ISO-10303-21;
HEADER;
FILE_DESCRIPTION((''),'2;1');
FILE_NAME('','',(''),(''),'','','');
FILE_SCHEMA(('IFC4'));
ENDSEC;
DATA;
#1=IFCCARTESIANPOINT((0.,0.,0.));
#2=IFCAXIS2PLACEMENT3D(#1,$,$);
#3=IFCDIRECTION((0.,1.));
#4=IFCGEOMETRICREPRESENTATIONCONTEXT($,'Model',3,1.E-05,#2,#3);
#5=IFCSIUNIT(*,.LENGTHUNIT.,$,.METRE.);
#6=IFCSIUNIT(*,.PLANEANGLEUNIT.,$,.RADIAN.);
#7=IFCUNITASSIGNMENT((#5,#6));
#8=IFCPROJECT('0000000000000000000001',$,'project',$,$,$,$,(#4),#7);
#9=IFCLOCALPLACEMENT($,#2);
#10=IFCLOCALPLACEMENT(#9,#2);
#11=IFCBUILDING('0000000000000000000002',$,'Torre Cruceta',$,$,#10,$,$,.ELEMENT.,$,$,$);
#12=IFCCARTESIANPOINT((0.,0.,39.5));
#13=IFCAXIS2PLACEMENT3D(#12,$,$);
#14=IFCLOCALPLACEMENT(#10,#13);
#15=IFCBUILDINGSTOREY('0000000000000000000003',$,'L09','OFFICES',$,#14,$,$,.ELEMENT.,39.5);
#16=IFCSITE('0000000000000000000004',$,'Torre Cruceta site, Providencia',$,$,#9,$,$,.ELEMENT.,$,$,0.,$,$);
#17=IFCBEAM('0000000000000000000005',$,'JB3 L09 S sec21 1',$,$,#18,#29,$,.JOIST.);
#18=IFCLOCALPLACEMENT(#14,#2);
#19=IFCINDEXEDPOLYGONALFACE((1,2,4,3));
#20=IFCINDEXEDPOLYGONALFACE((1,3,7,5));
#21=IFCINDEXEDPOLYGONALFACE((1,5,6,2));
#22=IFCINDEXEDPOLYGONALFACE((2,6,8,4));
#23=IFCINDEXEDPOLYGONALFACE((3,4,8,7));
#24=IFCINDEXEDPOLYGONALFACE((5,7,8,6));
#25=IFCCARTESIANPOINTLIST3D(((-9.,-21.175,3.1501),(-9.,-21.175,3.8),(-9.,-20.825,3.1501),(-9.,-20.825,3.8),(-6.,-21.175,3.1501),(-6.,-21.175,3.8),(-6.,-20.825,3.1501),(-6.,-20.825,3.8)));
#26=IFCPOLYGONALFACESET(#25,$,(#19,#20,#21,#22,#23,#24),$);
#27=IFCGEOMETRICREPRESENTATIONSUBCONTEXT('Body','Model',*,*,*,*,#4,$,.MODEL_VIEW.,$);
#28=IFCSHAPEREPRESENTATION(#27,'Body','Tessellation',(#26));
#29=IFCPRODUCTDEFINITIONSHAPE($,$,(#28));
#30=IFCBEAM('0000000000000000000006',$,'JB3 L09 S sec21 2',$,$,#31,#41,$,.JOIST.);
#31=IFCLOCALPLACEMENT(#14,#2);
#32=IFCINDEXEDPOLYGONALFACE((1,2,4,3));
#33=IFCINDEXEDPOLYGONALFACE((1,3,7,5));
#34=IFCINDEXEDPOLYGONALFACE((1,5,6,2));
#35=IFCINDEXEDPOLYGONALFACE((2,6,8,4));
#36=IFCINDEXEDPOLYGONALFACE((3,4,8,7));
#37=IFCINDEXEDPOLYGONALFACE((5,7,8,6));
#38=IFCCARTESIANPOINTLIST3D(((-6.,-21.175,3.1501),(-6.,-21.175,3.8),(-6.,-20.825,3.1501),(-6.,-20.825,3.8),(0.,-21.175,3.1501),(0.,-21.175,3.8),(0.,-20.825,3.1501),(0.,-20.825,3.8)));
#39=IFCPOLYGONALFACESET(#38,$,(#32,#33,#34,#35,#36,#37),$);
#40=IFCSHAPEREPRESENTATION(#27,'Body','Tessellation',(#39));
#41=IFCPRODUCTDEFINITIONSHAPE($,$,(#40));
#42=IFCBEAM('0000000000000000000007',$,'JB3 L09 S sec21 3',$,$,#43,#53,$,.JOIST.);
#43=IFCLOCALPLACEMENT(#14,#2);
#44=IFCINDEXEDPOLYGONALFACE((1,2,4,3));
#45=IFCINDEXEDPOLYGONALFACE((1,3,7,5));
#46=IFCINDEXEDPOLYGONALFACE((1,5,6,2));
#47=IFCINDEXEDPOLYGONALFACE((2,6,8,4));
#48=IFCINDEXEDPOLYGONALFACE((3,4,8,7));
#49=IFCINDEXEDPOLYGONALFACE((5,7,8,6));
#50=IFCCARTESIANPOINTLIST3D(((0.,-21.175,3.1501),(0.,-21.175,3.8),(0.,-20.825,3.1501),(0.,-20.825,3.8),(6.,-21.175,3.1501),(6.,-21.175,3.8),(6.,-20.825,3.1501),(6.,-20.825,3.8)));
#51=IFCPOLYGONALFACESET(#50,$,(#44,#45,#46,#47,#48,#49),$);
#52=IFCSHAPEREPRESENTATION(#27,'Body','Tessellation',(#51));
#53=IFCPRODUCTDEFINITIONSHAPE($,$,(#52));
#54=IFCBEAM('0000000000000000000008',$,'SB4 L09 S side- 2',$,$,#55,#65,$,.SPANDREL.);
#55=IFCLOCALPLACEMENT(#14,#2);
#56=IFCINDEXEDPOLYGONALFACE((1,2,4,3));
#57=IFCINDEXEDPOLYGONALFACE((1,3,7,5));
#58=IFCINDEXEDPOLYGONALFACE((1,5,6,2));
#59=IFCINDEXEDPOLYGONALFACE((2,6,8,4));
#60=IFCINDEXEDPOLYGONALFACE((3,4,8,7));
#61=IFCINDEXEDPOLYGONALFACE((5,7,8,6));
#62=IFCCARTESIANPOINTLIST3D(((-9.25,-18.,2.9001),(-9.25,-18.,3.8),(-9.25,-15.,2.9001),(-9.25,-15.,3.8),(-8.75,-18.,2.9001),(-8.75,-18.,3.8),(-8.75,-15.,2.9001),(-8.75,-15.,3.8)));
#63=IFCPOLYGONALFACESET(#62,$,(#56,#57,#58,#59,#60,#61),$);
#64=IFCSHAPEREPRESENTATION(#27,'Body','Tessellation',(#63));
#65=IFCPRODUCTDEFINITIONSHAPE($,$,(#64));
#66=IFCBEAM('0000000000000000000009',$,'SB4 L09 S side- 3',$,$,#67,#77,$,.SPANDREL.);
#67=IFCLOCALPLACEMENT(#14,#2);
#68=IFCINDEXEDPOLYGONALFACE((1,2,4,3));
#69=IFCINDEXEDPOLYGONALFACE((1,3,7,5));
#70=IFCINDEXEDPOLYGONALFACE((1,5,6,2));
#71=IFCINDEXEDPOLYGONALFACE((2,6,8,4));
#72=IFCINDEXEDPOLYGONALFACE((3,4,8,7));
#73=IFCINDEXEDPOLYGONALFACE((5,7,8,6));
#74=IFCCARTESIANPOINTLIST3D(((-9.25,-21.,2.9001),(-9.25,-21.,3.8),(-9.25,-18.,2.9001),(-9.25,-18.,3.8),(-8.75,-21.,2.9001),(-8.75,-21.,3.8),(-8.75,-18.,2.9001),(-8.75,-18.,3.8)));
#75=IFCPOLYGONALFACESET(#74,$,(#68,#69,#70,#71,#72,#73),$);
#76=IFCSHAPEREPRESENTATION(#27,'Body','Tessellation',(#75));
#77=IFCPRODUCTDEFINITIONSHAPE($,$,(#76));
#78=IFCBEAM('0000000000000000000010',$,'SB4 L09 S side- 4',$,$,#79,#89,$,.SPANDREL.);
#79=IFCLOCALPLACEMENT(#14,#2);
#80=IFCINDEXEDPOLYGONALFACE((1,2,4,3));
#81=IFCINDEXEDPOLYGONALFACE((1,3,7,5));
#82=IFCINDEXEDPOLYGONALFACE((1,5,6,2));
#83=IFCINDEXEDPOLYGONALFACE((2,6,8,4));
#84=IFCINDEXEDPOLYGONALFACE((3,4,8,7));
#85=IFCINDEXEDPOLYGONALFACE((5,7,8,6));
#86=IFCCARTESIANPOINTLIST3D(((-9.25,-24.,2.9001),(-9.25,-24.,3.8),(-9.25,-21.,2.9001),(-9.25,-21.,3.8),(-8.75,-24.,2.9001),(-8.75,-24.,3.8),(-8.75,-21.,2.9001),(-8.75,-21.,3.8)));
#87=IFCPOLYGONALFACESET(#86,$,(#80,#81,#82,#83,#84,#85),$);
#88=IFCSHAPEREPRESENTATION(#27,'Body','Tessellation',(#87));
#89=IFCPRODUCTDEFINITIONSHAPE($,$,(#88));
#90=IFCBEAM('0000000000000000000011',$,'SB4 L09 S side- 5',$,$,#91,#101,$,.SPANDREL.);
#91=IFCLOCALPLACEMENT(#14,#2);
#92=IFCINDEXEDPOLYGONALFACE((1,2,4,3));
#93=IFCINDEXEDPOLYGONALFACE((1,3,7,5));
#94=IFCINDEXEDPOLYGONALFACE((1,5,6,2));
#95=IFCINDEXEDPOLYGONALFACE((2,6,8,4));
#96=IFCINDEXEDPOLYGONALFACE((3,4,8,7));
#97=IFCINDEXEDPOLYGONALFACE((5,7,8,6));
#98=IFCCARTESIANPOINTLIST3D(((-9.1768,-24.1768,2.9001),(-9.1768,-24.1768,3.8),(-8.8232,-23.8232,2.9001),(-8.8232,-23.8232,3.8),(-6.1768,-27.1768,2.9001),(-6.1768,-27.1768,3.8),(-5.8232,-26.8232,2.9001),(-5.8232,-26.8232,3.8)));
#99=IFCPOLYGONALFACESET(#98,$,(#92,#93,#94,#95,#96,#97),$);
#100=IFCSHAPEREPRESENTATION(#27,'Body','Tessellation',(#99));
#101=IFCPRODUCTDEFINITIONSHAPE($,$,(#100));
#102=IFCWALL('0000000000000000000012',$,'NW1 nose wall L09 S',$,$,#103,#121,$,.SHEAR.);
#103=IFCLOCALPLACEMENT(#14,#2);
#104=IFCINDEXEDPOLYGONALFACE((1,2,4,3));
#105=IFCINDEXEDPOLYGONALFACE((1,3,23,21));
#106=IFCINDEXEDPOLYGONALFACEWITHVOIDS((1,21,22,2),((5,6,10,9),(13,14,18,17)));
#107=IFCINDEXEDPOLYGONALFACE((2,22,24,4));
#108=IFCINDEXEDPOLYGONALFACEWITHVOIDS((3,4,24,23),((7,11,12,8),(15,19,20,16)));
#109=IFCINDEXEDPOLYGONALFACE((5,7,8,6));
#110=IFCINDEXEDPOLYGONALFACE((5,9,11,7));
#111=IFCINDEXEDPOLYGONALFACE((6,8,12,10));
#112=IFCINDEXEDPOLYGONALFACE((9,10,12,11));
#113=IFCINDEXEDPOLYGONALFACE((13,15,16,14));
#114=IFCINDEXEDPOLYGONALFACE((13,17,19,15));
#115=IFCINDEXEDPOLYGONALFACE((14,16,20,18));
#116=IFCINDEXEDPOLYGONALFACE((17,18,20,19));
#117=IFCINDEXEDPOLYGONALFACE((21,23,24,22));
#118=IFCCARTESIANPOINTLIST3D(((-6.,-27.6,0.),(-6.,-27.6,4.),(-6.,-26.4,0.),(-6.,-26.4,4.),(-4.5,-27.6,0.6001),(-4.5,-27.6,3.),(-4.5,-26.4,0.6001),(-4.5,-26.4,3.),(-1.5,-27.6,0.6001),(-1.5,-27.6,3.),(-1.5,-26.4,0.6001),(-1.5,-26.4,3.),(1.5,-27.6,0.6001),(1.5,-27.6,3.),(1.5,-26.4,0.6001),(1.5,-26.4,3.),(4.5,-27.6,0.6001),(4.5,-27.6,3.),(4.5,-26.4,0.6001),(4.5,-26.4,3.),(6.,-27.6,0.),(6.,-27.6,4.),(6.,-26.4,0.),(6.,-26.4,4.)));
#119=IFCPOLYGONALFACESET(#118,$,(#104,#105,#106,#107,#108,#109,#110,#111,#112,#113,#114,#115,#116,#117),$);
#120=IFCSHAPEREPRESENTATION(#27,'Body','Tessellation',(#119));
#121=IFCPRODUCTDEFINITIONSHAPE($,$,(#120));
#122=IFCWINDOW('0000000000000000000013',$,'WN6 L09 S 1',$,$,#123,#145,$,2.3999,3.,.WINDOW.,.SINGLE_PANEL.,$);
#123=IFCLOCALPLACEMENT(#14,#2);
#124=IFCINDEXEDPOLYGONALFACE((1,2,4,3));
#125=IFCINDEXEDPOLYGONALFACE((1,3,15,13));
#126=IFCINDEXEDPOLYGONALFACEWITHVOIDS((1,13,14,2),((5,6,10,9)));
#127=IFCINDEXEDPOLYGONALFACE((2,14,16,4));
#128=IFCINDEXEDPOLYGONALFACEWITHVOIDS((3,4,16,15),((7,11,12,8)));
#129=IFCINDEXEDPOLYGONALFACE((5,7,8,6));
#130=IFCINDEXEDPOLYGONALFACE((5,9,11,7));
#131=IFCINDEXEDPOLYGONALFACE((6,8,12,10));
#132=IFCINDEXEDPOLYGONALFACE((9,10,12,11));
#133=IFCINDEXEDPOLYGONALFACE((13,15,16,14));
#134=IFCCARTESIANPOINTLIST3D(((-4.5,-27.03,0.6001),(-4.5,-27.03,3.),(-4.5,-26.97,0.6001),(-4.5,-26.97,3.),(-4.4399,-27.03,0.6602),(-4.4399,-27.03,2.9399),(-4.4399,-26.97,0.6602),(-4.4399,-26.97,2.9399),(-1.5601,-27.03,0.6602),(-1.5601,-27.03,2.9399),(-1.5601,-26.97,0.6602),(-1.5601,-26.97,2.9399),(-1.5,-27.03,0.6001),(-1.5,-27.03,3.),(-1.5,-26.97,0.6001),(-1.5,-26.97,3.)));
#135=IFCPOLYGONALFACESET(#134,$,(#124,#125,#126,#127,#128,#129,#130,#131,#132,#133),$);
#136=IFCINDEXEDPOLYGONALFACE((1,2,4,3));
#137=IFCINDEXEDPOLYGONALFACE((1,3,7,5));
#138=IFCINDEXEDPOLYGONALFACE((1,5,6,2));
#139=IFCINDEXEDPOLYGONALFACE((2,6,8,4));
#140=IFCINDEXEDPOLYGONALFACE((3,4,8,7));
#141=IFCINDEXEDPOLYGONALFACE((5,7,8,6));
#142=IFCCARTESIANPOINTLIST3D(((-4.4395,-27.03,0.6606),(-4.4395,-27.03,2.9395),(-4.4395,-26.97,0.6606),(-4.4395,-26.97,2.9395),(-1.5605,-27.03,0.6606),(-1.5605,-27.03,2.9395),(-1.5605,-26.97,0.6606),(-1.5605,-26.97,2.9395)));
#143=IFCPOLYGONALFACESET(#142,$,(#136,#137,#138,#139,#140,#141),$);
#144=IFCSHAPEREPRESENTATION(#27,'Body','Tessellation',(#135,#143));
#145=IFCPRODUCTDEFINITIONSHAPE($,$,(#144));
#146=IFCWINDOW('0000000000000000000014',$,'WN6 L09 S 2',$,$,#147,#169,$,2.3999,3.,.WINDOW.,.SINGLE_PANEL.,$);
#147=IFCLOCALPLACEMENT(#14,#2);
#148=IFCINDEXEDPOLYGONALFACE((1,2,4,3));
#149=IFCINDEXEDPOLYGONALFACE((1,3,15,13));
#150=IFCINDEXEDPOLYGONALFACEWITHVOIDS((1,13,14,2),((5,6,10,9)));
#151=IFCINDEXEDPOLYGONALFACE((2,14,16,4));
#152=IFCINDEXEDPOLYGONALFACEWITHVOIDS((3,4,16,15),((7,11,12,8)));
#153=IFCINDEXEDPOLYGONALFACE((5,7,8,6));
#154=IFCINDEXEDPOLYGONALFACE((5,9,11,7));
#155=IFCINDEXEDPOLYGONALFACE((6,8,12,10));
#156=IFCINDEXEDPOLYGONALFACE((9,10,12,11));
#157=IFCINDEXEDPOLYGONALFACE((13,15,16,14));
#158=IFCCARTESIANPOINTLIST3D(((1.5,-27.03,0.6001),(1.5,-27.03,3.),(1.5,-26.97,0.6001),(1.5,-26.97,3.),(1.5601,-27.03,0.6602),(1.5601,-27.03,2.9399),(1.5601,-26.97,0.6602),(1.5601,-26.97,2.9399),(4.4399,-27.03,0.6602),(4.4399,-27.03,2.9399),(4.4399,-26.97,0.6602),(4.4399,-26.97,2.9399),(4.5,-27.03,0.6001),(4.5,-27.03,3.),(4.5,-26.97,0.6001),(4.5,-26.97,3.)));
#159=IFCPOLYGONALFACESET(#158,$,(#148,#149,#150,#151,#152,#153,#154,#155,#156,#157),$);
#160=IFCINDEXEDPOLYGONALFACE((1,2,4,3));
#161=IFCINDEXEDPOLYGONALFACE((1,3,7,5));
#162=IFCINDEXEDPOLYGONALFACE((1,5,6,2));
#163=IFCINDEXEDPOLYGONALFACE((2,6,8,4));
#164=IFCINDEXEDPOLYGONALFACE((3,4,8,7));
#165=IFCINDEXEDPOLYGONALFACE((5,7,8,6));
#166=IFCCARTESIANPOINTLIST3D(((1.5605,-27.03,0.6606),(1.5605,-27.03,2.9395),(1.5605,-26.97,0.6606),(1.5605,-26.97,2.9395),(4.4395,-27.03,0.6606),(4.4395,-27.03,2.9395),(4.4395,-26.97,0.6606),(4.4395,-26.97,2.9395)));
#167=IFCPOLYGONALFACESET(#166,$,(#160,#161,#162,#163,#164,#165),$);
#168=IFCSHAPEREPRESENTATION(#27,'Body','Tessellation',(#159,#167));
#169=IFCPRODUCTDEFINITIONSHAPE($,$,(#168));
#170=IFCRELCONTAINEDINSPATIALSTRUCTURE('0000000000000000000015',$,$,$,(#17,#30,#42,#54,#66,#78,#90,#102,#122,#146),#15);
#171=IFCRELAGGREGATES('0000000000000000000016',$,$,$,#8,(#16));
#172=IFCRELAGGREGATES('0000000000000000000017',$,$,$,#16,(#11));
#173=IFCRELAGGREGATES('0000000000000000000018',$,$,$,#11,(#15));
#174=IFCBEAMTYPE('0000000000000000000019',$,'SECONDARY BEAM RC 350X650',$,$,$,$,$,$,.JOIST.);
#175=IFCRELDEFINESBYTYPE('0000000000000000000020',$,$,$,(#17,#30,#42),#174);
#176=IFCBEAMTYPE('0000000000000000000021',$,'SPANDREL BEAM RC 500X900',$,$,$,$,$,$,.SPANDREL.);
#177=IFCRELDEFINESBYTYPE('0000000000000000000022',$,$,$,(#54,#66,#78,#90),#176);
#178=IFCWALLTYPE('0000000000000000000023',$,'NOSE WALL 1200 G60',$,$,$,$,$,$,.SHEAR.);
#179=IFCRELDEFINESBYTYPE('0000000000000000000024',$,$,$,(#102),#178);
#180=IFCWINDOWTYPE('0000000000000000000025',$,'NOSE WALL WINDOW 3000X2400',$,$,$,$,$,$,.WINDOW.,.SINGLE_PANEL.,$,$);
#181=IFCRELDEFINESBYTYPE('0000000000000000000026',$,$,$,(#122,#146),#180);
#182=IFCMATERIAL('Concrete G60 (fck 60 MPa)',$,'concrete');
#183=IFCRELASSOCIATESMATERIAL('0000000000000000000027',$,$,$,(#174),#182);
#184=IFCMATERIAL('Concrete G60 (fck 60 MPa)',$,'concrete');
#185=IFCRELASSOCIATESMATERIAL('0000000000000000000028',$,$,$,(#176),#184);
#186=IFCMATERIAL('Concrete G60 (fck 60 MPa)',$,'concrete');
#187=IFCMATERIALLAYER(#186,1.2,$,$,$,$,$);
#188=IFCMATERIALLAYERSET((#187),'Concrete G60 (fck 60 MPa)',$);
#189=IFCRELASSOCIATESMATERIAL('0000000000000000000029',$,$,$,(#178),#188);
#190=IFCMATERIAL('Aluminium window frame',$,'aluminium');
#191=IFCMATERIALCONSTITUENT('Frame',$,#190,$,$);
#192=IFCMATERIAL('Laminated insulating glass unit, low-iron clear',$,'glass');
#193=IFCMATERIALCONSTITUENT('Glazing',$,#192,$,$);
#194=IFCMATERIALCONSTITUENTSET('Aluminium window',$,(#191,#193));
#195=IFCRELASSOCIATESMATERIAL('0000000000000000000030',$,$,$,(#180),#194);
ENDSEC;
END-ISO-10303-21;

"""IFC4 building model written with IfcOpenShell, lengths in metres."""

from ifc_helpers import new_model, si_unit, direction, frame, frame_2d, origin, origin_2d, place, context, subcontext, project, spatial, rectangle, hollow_rectangle, extrude, material, layer, layer_set, constituent, constituent_set, material_profile, profile_set, type_object, element, fill, save


model = new_model("IFC4")

# Units and contexts
model_context = context("Model", 3, precision=1e-05, world=origin(), true_north=direction((0.0, 1.0)))
body_context = subcontext(model_context, "Body", "Model", "MODEL_VIEW")
ifc_project = project(units=[si_unit("LENGTHUNIT", "METRE"), si_unit("PLANEANGLEUNIT", "RADIAN")], contexts=[model_context])

# Site, building, storey
site_placement = place(None, origin())
site = spatial("IfcSite", under=ifc_project, at=site_placement, Name="Torre Cruceta site, Providencia", CompositionType="ELEMENT", RefElevation=0.0)
building_placement = place(site_placement, origin())
building = spatial("IfcBuilding", under=site, at=building_placement, Name="Torre Cruceta", CompositionType="ELEMENT")
storey_placement = place(building_placement, frame((0.0, 0.0, 39.5)))
storey = spatial("IfcBuildingStorey", under=building, at=storey_placement, Name="L09", Description="OFFICES", CompositionType="ELEMENT", Elevation=39.5)

# Beams
ifc_material_1 = material(Name="Concrete G60 (fck 60 MPa)", Category="concrete")
ifc_material_profile_1 = material_profile(ifc_material_1, rectangle(XDim=0.3501, YDim=0.6499, at=origin_2d()), Name="RC 350X650")
ifc_profile_set_1 = profile_set([ifc_material_profile_1], Name="Concrete G60 (fck 60 MPa)")
beam_type_1 = type_object("IfcBeamType", Name="SECONDARY BEAM RC 350X650", PredefinedType="JOIST", material=ifc_profile_set_1)
beam_1_placement = place(storey_placement, frame((-9.0, -21.0, 3.4751), z_axis=(1.0, 0.0, 0.0), x_axis=(0.0, 1.0, 0.0)))
element("IfcBeam", 1, at=beam_1_placement, inside=storey, type_object=beam_type_1, Name="JB3 L09 S sec21 1", PredefinedType="JOIST", context=body_context, shape_type="SweptSolid", body=[
    extrude(rectangle(XDim=0.3501, YDim=0.6499, at=origin_2d()), origin(), (0.0, 0.0, 1.0), 3.0),
])
for number, where, z_axis, x_axis, name in (
    (2, (-6.0, -21.0, 3.4751), (1.0, 0.0, 0.0), (0.0, 1.0, 0.0), "JB3 L09 S sec21 2"),
    (3, (0.0, -21.0, 3.4751), (1.0, 0.0, 0.0), (0.0, 1.0, 0.0), "JB3 L09 S sec21 3"),
):
    element("IfcBeam", number, at=place(storey_placement, frame(where, z_axis=z_axis, x_axis=x_axis)), inside=storey, type_object=beam_type_1, Name=name, PredefinedType="JOIST", context=body_context, shape_type="SweptSolid", body=[
        extrude(rectangle(XDim=0.3501, YDim=0.6499, at=origin_2d()), origin(), (0.0, 0.0, 1.0), 6.0),
    ])
ifc_material_2 = material(Name="Concrete G60 (fck 60 MPa)", Category="concrete")
ifc_material_profile_2 = material_profile(ifc_material_2, rectangle(XDim=0.5, YDim=0.8999, at=origin_2d()), Name="RC 500X900")
ifc_profile_set_2 = profile_set([ifc_material_profile_2], Name="Concrete G60 (fck 60 MPa)")
beam_type_2 = type_object("IfcBeamType", Name="SPANDREL BEAM RC 500X900", PredefinedType="SPANDREL", material=ifc_profile_set_2)
for number, where, z_axis, x_axis, name in (
    (4, (-9.0, -15.0, 3.3501), (0.0, -1.0, 0.0), (1.0, 0.0, 0.0), "SB4 L09 S side- 2"),
    (5, (-9.0, -18.0, 3.3501), (0.0, -1.0, 0.0), (1.0, 0.0, 0.0), "SB4 L09 S side- 3"),
    (6, (-9.0, -21.0, 3.3501), (0.0, -1.0, 0.0), (1.0, 0.0, 0.0), "SB4 L09 S side- 4"),
):
    element("IfcBeam", number, at=place(storey_placement, frame(where, z_axis=z_axis, x_axis=x_axis)), inside=storey, type_object=beam_type_2, Name=name, PredefinedType="SPANDREL", context=body_context, shape_type="SweptSolid", body=[
        extrude(rectangle(XDim=0.5, YDim=0.8999, at=origin_2d()), origin(), (0.0, 0.0, 1.0), 3.0),
    ])
beam_2_placement = place(storey_placement, frame((-9.0, -24.0, 3.3501), z_axis=(0.707107, -0.707107, 0.0), x_axis=(0.707107, 0.707107, 0.0)))
element("IfcBeam", 7, at=beam_2_placement, inside=storey, type_object=beam_type_2, Name="SB4 L09 S side- 5", PredefinedType="SPANDREL", context=body_context, shape_type="SweptSolid", body=[
    extrude(rectangle(XDim=0.5, YDim=0.8999, at=origin_2d()), origin(), (0.0, 0.0, 1.0), 4.2427),
])

# Wall, openings, windows
ifc_material_3 = material(Name="Concrete G60 (fck 60 MPa)", Category="concrete")
ifc_layer_1 = layer(ifc_material_3, 1.2)
ifc_layer_set_1 = layer_set([ifc_layer_1], Name="Concrete G60 (fck 60 MPa)")
wall_type_1 = type_object("IfcWallType", Name="NOSE WALL 1200 G60", PredefinedType="SHEAR", material=ifc_layer_set_1)
wall_1_placement = place(storey_placement, frame((-6.0, -27.0, 0.0), z_axis=(0.0, 0.0, 1.0), x_axis=(1.0, 0.0, 0.0)))
wall_1 = element("IfcWall", 8, at=wall_1_placement, inside=storey, type_object=wall_type_1, Name="NW1 nose wall L09 S", PredefinedType="SHEAR", context=body_context, shape_type="SweptSolid", body=[
    extrude(rectangle(XDim=12.0, YDim=1.2, at=frame_2d((6.0, 0.0))), origin(), (0.0, 0.0, 1.0), 4.0),
])
opening_1_placement = place(wall_1_placement, frame((1.5, 0.0, 0.6001)))
opening_1 = element("IfcOpeningElement", 9, at=opening_1_placement, cuts=wall_1, PredefinedType="OPENING", context=body_context, shape_type="SweptSolid", body=[
    extrude(rectangle(XDim=3.0, YDim=2.3999, at=frame_2d((1.5, 1.2))), frame((0.0, 0.6099, 0.0), z_axis=(0.0, -1.0, 0.0), x_axis=(1.0, 0.0, 0.0)), (0.0, 0.0, 1.0), 1.22),
])
opening_2_placement = place(wall_1_placement, frame((7.5, 0.0, 0.6001)))
opening_2 = element("IfcOpeningElement", 10, at=opening_2_placement, cuts=wall_1, PredefinedType="OPENING", context=body_context, shape_type="SweptSolid", body=[
    extrude(rectangle(XDim=3.0, YDim=2.3999, at=frame_2d((1.5, 1.2))), frame((0.0, 0.6099, 0.0), z_axis=(0.0, -1.0, 0.0), x_axis=(1.0, 0.0, 0.0)), (0.0, 0.0, 1.0), 1.22),
])
ifc_material_4 = material(Name="Aluminium window frame", Category="aluminium")
ifc_constituent_1 = constituent(ifc_material_4, Name="Frame")
ifc_material_5 = material(Name="Laminated insulating glass unit, low-iron clear", Category="glass")
ifc_constituent_2 = constituent(ifc_material_5, Name="Glazing")
ifc_constituent_set_1 = constituent_set(constituents=[ifc_constituent_1, ifc_constituent_2], Name="Aluminium window")
window_type = type_object("IfcWindowType", Name="NOSE WALL WINDOW 3000X2400", PartitioningType="SINGLE_PANEL", PredefinedType="WINDOW", material=ifc_constituent_set_1)
window_1_placement = place(opening_1_placement, origin())
window_1 = element("IfcWindow", 11, at=window_1_placement, inside=storey, type_object=window_type, Name="WN6 L09 S 1", OverallHeight=2.3999, OverallWidth=3.0, PartitioningType="SINGLE_PANEL", PredefinedType="WINDOW", context=body_context, shape_type="SweptSolid", body=[
    extrude(hollow_rectangle(XDim=3.0, YDim=2.3999, WallThickness=0.0601, at=frame_2d((1.5, 1.2))), frame((0.0, 0.03, 0.0), z_axis=(0.0, -1.0, 0.0), x_axis=(1.0, 0.0, 0.0)), (0.0, 0.0, 1.0), 0.0601),
    extrude(rectangle(XDim=2.8789, YDim=2.2788, at=frame_2d((1.5, 1.2))), frame((0.0, 0.03, 0.0), z_axis=(0.0, -1.0, 0.0), x_axis=(1.0, 0.0, 0.0)), (0.0, 0.0, 1.0), 0.0601),
])
fill(opening_1, window_1)
window_2_placement = place(opening_2_placement, origin())
window_2 = element("IfcWindow", 12, at=window_2_placement, inside=storey, type_object=window_type, Name="WN6 L09 S 2", OverallHeight=2.3999, OverallWidth=3.0, PartitioningType="SINGLE_PANEL", PredefinedType="WINDOW", context=body_context, shape_type="SweptSolid", body=[
    extrude(hollow_rectangle(XDim=3.0, YDim=2.3999, WallThickness=0.0601, at=frame_2d((1.5, 1.2))), frame((0.0, 0.03, 0.0), z_axis=(0.0, -1.0, 0.0), x_axis=(1.0, 0.0, 0.0)), (0.0, 0.0, 1.0), 0.0601),
    extrude(rectangle(XDim=2.8789, YDim=2.2788, at=frame_2d((1.5, 1.2))), frame((0.0, 0.03, 0.0), z_axis=(0.0, -1.0, 0.0), x_axis=(1.0, 0.0, 0.0)), (0.0, 0.0, 1.0), 0.0601),
])
fill(opening_2, window_2)

save(model, "model.ifc")
